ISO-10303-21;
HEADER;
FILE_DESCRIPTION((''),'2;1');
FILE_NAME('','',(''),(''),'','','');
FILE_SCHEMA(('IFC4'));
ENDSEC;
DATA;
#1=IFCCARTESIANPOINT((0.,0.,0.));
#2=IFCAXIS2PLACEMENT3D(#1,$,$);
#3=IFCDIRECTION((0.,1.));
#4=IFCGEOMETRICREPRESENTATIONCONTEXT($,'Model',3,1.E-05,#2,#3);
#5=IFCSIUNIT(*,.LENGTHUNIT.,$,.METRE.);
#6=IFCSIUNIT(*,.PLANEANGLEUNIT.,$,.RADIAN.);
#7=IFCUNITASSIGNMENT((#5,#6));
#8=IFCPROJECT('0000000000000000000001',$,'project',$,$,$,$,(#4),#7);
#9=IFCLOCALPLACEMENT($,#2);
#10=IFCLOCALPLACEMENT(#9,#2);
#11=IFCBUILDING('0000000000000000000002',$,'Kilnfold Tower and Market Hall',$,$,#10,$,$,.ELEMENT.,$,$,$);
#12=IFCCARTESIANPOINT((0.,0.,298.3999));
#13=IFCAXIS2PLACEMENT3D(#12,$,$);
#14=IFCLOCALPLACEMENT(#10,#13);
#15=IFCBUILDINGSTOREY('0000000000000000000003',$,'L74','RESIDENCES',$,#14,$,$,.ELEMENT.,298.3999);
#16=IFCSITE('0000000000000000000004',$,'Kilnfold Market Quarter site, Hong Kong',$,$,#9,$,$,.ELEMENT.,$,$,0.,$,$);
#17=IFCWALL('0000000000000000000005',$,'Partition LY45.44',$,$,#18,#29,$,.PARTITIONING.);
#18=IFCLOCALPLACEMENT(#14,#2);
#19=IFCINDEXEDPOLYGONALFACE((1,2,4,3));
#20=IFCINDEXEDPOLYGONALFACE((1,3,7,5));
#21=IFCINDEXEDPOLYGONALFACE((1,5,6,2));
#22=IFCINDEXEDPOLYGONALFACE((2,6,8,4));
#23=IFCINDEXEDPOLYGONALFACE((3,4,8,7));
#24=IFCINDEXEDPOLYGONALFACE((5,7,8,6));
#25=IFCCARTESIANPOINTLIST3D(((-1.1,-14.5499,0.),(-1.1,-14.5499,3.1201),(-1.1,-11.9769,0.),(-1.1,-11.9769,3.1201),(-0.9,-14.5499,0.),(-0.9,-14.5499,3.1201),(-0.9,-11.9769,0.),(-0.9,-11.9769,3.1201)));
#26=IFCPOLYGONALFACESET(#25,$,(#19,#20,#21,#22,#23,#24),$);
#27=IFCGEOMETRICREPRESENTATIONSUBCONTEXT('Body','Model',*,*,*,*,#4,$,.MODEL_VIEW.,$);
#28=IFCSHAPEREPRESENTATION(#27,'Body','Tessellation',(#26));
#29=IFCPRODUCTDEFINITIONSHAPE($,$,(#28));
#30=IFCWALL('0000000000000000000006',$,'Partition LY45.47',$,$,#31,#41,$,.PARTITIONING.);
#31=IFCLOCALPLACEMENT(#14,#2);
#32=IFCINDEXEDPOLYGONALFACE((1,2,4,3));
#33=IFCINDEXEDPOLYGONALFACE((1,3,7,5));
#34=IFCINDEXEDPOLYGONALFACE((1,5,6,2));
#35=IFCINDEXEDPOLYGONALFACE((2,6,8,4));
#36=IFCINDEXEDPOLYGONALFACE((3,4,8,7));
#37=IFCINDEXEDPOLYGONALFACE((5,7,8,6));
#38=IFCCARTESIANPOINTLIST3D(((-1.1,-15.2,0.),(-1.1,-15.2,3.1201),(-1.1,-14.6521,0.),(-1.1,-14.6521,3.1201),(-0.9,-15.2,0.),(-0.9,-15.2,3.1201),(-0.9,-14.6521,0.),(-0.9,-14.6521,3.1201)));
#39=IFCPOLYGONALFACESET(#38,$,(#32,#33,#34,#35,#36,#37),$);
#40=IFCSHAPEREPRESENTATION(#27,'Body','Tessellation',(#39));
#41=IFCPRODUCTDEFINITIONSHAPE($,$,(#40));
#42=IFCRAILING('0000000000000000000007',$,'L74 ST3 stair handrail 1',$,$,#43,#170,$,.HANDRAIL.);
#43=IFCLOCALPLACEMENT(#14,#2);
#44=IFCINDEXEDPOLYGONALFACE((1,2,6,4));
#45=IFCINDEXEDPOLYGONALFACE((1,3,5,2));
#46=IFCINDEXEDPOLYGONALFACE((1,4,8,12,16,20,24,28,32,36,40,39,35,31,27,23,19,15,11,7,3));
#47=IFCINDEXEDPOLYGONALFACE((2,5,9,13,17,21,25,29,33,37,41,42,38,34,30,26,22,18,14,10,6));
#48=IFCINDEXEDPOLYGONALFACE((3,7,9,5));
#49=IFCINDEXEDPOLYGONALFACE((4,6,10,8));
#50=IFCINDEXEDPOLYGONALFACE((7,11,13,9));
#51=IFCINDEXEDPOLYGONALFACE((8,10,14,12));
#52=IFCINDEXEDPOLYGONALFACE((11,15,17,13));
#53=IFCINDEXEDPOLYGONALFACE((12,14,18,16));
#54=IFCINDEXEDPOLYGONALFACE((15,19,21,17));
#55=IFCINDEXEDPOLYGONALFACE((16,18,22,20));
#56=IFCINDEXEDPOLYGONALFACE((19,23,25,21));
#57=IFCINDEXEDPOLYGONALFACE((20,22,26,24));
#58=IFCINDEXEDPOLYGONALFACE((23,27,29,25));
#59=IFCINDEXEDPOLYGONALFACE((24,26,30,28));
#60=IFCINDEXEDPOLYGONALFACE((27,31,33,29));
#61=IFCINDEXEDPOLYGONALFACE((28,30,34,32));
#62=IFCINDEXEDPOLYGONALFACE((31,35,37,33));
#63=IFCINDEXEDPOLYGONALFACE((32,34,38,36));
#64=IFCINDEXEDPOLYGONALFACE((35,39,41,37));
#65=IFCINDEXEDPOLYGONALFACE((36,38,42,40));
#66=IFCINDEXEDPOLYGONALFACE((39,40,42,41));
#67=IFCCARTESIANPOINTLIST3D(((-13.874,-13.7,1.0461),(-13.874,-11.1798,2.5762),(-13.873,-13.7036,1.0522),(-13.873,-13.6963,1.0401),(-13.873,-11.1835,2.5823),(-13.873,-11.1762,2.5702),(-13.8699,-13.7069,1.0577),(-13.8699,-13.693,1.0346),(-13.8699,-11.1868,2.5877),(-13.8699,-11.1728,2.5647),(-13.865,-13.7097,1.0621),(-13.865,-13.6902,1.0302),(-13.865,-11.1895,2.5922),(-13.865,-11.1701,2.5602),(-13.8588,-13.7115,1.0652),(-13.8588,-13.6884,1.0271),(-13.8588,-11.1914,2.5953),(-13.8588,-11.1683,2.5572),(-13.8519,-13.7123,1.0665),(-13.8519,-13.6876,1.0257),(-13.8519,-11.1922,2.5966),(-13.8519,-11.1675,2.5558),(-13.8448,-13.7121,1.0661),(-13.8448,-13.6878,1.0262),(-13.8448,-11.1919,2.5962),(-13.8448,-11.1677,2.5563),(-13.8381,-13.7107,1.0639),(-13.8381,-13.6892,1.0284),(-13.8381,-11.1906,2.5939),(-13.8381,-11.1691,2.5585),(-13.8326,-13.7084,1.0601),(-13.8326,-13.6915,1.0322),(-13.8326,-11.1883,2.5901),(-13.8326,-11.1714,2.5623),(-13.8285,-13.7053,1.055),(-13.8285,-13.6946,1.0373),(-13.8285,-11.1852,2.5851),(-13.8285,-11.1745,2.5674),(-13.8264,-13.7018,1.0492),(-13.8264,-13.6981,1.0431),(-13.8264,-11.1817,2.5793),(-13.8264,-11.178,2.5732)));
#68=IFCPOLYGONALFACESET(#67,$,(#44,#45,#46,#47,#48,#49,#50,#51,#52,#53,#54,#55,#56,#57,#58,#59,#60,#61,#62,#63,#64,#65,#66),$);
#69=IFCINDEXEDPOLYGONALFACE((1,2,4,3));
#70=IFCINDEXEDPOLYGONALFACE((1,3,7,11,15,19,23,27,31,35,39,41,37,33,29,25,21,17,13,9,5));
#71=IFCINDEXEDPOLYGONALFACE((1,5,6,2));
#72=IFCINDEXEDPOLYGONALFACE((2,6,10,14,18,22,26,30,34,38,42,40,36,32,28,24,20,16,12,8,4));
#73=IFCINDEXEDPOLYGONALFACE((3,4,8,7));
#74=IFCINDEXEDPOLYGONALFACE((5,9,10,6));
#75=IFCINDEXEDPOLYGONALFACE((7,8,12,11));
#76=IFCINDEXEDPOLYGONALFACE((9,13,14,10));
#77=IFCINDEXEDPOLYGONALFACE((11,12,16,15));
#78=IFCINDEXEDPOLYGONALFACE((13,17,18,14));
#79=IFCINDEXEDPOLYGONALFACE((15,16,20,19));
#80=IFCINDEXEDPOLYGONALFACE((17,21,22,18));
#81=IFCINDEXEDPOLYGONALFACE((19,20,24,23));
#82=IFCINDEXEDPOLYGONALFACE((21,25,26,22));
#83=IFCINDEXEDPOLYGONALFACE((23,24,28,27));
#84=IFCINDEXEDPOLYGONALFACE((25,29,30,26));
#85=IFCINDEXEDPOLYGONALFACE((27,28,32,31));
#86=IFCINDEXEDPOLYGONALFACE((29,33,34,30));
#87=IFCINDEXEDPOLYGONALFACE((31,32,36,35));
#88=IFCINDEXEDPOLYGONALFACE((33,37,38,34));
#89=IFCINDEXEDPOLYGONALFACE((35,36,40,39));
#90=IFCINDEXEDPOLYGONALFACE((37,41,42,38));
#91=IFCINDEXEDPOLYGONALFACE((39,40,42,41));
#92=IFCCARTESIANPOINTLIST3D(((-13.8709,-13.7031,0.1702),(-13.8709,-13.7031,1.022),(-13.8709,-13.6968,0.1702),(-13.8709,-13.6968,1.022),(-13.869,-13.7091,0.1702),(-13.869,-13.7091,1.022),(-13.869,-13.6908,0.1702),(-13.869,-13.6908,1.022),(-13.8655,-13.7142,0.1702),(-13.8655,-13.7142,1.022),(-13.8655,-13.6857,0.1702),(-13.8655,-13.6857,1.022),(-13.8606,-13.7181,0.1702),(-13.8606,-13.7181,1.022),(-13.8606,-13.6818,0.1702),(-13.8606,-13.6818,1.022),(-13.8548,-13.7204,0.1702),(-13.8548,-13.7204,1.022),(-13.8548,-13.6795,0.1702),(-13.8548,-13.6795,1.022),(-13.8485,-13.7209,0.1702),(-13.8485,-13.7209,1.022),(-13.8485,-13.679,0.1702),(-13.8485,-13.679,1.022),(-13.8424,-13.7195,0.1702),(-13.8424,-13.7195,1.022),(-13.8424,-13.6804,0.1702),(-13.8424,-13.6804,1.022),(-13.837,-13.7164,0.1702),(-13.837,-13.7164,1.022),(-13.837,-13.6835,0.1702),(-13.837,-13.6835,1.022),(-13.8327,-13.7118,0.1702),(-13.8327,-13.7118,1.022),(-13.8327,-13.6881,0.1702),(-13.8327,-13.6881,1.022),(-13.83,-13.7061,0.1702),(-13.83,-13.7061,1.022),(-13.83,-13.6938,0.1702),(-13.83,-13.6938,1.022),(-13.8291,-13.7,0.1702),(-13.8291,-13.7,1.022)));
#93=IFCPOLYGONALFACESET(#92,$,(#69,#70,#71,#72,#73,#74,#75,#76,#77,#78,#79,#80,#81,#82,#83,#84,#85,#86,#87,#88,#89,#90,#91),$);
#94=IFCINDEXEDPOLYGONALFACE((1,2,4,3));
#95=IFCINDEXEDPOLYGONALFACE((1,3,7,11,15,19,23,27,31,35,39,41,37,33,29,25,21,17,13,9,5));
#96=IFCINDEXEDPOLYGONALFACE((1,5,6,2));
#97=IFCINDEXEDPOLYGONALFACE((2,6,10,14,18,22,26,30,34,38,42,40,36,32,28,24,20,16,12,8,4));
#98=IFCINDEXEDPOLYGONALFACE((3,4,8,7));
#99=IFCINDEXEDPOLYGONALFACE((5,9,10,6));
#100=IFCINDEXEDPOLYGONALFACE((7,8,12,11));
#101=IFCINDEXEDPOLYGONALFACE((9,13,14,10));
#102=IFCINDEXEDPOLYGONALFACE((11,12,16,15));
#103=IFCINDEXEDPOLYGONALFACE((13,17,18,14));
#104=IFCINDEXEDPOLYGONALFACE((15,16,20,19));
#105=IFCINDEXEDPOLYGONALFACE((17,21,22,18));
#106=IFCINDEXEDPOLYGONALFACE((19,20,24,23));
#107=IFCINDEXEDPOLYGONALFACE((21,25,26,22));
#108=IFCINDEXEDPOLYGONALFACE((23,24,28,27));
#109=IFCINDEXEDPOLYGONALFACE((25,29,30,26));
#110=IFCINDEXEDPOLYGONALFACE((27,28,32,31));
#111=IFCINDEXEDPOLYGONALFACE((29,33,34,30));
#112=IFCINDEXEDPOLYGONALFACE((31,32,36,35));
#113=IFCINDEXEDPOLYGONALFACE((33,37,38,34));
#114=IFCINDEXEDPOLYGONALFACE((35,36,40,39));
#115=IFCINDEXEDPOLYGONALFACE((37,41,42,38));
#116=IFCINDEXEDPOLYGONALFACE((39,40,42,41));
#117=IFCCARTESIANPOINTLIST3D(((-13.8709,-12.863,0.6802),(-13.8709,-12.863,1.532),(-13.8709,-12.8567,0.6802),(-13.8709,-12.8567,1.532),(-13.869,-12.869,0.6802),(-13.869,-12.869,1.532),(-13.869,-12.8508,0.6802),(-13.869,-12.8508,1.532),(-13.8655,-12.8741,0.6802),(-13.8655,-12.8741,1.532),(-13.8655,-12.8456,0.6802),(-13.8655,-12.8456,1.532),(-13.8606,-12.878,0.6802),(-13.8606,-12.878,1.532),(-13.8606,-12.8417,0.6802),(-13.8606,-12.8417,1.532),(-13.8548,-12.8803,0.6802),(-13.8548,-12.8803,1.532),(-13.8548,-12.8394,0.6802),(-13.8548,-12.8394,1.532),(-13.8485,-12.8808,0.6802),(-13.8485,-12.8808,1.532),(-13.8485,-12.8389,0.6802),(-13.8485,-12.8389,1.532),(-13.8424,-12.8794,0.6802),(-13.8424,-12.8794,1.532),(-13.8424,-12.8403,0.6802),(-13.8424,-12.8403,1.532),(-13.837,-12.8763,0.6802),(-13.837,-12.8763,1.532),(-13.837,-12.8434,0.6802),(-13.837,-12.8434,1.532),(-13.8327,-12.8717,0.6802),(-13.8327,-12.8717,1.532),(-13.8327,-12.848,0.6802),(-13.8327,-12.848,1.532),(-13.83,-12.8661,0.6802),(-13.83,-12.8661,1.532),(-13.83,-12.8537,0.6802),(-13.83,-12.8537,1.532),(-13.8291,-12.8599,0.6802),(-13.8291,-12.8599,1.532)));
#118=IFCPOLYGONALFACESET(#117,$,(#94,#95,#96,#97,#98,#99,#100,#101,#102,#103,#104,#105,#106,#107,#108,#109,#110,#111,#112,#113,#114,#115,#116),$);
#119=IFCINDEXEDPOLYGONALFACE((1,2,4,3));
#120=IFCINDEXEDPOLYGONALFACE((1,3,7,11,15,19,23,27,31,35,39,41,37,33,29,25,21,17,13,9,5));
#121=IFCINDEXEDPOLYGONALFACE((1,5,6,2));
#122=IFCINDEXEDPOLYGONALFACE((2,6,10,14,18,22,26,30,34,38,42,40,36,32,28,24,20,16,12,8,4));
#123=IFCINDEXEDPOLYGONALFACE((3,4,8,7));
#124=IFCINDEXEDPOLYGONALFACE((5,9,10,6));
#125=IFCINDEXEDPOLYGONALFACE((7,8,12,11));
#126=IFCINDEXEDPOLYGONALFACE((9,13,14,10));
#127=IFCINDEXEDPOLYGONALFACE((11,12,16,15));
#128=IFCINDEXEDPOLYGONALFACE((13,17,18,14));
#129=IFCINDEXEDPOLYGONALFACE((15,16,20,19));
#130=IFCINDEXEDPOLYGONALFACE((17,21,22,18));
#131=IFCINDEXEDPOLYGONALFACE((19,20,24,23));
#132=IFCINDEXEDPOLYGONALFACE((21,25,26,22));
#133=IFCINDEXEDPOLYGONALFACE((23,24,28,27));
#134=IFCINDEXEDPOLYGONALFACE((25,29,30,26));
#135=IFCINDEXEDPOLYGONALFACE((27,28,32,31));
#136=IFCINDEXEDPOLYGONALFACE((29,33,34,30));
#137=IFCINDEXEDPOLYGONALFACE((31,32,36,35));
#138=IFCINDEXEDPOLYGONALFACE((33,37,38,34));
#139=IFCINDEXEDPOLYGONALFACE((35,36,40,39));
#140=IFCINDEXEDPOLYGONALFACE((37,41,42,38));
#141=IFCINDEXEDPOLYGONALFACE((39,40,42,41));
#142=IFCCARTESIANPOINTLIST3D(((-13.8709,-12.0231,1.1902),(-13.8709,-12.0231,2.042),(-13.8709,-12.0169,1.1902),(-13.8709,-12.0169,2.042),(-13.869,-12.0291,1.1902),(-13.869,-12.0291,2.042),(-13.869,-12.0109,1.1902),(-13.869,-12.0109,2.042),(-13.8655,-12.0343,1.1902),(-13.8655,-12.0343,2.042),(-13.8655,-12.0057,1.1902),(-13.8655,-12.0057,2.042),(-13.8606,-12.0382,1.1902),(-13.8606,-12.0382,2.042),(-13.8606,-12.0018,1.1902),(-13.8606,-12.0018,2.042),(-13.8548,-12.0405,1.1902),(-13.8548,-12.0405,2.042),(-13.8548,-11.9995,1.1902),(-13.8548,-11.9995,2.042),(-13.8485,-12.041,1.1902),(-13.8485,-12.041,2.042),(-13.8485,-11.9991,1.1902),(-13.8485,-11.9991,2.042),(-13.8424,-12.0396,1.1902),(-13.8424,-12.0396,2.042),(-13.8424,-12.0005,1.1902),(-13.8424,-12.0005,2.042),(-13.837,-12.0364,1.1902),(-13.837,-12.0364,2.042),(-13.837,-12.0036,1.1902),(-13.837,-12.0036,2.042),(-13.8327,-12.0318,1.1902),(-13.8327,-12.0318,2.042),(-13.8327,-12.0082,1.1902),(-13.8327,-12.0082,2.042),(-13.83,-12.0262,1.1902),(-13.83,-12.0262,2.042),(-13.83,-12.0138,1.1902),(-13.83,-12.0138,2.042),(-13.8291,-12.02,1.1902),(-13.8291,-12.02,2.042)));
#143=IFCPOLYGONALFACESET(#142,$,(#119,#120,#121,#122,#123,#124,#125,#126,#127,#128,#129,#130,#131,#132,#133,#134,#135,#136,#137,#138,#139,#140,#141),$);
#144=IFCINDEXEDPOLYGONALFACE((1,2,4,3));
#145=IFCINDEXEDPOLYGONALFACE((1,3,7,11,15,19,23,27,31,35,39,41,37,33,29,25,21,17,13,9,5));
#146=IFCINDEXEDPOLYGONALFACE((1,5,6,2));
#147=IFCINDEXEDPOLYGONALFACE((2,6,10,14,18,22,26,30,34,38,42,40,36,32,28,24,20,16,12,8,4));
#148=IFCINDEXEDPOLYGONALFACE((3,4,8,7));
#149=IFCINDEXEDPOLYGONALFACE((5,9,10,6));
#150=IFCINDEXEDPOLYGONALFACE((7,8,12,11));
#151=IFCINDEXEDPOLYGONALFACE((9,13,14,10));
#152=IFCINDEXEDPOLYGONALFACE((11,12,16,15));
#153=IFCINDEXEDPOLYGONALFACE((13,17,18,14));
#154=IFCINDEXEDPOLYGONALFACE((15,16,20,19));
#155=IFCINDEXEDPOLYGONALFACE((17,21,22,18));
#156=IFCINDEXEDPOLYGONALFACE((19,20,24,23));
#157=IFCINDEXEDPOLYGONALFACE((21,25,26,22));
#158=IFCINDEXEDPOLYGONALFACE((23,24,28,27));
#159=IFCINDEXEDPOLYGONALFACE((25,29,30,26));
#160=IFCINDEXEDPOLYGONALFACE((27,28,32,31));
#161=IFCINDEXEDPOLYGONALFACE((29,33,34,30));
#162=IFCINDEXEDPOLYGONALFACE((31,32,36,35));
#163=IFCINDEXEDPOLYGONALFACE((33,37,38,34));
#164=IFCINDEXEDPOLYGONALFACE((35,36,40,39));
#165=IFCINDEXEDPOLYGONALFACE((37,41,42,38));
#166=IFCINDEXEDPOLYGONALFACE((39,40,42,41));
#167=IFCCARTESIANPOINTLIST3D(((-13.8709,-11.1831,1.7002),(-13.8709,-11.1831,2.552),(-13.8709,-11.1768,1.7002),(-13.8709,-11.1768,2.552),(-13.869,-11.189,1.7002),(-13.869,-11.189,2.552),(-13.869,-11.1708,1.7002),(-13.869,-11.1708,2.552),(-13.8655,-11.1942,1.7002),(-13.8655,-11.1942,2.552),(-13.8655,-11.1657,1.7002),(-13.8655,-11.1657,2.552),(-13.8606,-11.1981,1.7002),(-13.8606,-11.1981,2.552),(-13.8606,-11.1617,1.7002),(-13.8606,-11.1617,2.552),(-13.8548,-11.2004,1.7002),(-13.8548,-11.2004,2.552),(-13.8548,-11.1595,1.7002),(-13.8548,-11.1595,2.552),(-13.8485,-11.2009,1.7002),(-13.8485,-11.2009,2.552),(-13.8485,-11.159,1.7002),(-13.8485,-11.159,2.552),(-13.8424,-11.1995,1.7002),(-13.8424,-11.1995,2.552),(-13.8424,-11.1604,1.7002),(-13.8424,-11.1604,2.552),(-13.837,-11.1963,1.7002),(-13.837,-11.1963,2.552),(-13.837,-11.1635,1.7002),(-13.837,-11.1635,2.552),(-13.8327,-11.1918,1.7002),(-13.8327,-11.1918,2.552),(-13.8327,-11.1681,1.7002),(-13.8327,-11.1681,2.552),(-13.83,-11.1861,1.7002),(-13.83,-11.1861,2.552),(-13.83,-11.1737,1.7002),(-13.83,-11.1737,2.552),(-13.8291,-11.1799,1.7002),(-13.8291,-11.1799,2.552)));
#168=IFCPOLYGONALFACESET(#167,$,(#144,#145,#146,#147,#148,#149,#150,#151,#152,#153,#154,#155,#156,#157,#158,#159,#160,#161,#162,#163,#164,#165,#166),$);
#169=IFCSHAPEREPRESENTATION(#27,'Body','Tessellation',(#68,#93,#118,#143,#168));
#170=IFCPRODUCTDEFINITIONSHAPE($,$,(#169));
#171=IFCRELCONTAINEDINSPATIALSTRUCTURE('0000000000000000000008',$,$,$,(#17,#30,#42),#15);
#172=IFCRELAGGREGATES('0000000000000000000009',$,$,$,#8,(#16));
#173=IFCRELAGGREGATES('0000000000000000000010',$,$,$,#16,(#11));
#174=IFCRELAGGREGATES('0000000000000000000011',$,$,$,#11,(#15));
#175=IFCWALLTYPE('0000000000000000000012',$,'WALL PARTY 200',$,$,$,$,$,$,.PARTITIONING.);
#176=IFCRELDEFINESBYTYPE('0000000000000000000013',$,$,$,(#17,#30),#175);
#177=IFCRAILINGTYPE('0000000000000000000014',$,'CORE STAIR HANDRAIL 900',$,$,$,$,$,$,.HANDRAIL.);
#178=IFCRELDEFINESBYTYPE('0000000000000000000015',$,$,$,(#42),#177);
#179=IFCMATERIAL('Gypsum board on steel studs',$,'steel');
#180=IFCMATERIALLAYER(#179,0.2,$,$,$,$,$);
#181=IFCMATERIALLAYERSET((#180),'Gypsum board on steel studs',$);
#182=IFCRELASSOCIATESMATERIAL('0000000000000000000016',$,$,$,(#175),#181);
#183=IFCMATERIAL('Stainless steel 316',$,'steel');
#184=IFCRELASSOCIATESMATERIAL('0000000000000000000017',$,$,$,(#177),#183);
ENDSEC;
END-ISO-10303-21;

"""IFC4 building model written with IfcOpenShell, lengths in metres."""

from ifc_helpers import new_model, si_unit, direction, frame, frame_2d, origin, origin_2d, place, context, subcontext, project, spatial, rectangle, circle, extrude, material, layer, layer_set, type_object, element, save


model = new_model("IFC4")

# Units and contexts
model_context = context("Model", 3, precision=1e-05, world=origin(), true_north=direction((0.0, 1.0)))
body_context = subcontext(model_context, "Body", "Model", "MODEL_VIEW")
ifc_project = project(units=[si_unit("LENGTHUNIT", "METRE"), si_unit("PLANEANGLEUNIT", "RADIAN")], contexts=[model_context])

# Site, building, storey
site_placement = place(None, origin())
site = spatial("IfcSite", under=ifc_project, at=site_placement, Name="Kilnfold Market Quarter site, Hong Kong", CompositionType="ELEMENT", RefElevation=0.0)
building_placement = place(site_placement, origin())
building = spatial("IfcBuilding", under=site, at=building_placement, Name="Kilnfold Tower and Market Hall", CompositionType="ELEMENT")
storey_placement = place(building_placement, frame((0.0, 0.0, 298.3999)))
storey = spatial("IfcBuildingStorey", under=building, at=storey_placement, Name="L74", Description="RESIDENCES", CompositionType="ELEMENT", Elevation=298.3999)

# Walls
ifc_material_1 = material(Name="Gypsum board on steel studs", Category="steel")
ifc_layer_1 = layer(ifc_material_1, 0.2)
ifc_layer_set_1 = layer_set([ifc_layer_1], Name="Gypsum board on steel studs")
wall_type_1 = type_object("IfcWallType", Name="WALL PARTY 200", PredefinedType="PARTITIONING", material=ifc_layer_set_1)
wall_1_placement = place(storey_placement, frame((-1.0, -14.55, 0.0), z_axis=(0.0, 0.0, 1.0), x_axis=(0.0, 1.0, 0.0)))
element("IfcWall", 1, at=wall_1_placement, inside=storey, type_object=wall_type_1, Name="Partition LY45.44", PredefinedType="PARTITIONING", context=body_context, shape_type="SweptSolid", body=[
    extrude(rectangle(XDim=2.573, YDim=0.2, at=frame_2d((1.2866, 0.0))), origin(), (0.0, 0.0, 1.0), 3.1201),
])
wall_2_placement = place(storey_placement, frame((-1.0, -15.2, 0.0), z_axis=(0.0, 0.0, 1.0), x_axis=(0.0, 1.0, 0.0)))
element("IfcWall", 2, at=wall_2_placement, inside=storey, type_object=wall_type_1, Name="Partition LY45.47", PredefinedType="PARTITIONING", context=body_context, shape_type="SweptSolid", body=[
    extrude(rectangle(XDim=0.5479, YDim=0.2, at=frame_2d((0.2739, 0.0))), origin(), (0.0, 0.0, 1.0), 3.1201),
])

# Railing
ifc_material_2 = material(Name="Stainless steel 316", Category="steel")
railing_type = type_object("IfcRailingType", Name="CORE STAIR HANDRAIL 900", PredefinedType="HANDRAIL", material=ifc_material_2)
railing_placement = place(storey_placement, frame((-13.8501, -13.7, 0.1702)))
element("IfcRailing", 3, at=railing_placement, inside=storey, type_object=railing_type, Name="L74 ST3 stair handrail 1", PredefinedType="HANDRAIL", context=body_context, shape_type="SweptSolid", body=[
    extrude(circle(Radius=0.0239, at=origin_2d()), frame((0.0, 0.0, 0.876), z_axis=(0.0, 0.854785, 0.518982), x_axis=(-1.0, 0.0, 0.0)), (0.0, 0.0, 1.0), 2.9482),
    extrude(circle(Radius=0.021, at=origin_2d()), origin(), (0.0, 0.0, 1.0), 0.8518),
    extrude(circle(Radius=0.021, at=origin_2d()), frame((0.0, 0.8401, 0.51)), (0.0, 0.0, 1.0), 0.8518),
    extrude(circle(Radius=0.021, at=origin_2d()), frame((0.0, 1.6799, 1.02)), (0.0, 0.0, 1.0), 0.8518),
    extrude(circle(Radius=0.021, at=origin_2d()), frame((0.0, 2.52, 1.53)), (0.0, 0.0, 1.0), 0.8518),
])

save(model, "model.ifc")
